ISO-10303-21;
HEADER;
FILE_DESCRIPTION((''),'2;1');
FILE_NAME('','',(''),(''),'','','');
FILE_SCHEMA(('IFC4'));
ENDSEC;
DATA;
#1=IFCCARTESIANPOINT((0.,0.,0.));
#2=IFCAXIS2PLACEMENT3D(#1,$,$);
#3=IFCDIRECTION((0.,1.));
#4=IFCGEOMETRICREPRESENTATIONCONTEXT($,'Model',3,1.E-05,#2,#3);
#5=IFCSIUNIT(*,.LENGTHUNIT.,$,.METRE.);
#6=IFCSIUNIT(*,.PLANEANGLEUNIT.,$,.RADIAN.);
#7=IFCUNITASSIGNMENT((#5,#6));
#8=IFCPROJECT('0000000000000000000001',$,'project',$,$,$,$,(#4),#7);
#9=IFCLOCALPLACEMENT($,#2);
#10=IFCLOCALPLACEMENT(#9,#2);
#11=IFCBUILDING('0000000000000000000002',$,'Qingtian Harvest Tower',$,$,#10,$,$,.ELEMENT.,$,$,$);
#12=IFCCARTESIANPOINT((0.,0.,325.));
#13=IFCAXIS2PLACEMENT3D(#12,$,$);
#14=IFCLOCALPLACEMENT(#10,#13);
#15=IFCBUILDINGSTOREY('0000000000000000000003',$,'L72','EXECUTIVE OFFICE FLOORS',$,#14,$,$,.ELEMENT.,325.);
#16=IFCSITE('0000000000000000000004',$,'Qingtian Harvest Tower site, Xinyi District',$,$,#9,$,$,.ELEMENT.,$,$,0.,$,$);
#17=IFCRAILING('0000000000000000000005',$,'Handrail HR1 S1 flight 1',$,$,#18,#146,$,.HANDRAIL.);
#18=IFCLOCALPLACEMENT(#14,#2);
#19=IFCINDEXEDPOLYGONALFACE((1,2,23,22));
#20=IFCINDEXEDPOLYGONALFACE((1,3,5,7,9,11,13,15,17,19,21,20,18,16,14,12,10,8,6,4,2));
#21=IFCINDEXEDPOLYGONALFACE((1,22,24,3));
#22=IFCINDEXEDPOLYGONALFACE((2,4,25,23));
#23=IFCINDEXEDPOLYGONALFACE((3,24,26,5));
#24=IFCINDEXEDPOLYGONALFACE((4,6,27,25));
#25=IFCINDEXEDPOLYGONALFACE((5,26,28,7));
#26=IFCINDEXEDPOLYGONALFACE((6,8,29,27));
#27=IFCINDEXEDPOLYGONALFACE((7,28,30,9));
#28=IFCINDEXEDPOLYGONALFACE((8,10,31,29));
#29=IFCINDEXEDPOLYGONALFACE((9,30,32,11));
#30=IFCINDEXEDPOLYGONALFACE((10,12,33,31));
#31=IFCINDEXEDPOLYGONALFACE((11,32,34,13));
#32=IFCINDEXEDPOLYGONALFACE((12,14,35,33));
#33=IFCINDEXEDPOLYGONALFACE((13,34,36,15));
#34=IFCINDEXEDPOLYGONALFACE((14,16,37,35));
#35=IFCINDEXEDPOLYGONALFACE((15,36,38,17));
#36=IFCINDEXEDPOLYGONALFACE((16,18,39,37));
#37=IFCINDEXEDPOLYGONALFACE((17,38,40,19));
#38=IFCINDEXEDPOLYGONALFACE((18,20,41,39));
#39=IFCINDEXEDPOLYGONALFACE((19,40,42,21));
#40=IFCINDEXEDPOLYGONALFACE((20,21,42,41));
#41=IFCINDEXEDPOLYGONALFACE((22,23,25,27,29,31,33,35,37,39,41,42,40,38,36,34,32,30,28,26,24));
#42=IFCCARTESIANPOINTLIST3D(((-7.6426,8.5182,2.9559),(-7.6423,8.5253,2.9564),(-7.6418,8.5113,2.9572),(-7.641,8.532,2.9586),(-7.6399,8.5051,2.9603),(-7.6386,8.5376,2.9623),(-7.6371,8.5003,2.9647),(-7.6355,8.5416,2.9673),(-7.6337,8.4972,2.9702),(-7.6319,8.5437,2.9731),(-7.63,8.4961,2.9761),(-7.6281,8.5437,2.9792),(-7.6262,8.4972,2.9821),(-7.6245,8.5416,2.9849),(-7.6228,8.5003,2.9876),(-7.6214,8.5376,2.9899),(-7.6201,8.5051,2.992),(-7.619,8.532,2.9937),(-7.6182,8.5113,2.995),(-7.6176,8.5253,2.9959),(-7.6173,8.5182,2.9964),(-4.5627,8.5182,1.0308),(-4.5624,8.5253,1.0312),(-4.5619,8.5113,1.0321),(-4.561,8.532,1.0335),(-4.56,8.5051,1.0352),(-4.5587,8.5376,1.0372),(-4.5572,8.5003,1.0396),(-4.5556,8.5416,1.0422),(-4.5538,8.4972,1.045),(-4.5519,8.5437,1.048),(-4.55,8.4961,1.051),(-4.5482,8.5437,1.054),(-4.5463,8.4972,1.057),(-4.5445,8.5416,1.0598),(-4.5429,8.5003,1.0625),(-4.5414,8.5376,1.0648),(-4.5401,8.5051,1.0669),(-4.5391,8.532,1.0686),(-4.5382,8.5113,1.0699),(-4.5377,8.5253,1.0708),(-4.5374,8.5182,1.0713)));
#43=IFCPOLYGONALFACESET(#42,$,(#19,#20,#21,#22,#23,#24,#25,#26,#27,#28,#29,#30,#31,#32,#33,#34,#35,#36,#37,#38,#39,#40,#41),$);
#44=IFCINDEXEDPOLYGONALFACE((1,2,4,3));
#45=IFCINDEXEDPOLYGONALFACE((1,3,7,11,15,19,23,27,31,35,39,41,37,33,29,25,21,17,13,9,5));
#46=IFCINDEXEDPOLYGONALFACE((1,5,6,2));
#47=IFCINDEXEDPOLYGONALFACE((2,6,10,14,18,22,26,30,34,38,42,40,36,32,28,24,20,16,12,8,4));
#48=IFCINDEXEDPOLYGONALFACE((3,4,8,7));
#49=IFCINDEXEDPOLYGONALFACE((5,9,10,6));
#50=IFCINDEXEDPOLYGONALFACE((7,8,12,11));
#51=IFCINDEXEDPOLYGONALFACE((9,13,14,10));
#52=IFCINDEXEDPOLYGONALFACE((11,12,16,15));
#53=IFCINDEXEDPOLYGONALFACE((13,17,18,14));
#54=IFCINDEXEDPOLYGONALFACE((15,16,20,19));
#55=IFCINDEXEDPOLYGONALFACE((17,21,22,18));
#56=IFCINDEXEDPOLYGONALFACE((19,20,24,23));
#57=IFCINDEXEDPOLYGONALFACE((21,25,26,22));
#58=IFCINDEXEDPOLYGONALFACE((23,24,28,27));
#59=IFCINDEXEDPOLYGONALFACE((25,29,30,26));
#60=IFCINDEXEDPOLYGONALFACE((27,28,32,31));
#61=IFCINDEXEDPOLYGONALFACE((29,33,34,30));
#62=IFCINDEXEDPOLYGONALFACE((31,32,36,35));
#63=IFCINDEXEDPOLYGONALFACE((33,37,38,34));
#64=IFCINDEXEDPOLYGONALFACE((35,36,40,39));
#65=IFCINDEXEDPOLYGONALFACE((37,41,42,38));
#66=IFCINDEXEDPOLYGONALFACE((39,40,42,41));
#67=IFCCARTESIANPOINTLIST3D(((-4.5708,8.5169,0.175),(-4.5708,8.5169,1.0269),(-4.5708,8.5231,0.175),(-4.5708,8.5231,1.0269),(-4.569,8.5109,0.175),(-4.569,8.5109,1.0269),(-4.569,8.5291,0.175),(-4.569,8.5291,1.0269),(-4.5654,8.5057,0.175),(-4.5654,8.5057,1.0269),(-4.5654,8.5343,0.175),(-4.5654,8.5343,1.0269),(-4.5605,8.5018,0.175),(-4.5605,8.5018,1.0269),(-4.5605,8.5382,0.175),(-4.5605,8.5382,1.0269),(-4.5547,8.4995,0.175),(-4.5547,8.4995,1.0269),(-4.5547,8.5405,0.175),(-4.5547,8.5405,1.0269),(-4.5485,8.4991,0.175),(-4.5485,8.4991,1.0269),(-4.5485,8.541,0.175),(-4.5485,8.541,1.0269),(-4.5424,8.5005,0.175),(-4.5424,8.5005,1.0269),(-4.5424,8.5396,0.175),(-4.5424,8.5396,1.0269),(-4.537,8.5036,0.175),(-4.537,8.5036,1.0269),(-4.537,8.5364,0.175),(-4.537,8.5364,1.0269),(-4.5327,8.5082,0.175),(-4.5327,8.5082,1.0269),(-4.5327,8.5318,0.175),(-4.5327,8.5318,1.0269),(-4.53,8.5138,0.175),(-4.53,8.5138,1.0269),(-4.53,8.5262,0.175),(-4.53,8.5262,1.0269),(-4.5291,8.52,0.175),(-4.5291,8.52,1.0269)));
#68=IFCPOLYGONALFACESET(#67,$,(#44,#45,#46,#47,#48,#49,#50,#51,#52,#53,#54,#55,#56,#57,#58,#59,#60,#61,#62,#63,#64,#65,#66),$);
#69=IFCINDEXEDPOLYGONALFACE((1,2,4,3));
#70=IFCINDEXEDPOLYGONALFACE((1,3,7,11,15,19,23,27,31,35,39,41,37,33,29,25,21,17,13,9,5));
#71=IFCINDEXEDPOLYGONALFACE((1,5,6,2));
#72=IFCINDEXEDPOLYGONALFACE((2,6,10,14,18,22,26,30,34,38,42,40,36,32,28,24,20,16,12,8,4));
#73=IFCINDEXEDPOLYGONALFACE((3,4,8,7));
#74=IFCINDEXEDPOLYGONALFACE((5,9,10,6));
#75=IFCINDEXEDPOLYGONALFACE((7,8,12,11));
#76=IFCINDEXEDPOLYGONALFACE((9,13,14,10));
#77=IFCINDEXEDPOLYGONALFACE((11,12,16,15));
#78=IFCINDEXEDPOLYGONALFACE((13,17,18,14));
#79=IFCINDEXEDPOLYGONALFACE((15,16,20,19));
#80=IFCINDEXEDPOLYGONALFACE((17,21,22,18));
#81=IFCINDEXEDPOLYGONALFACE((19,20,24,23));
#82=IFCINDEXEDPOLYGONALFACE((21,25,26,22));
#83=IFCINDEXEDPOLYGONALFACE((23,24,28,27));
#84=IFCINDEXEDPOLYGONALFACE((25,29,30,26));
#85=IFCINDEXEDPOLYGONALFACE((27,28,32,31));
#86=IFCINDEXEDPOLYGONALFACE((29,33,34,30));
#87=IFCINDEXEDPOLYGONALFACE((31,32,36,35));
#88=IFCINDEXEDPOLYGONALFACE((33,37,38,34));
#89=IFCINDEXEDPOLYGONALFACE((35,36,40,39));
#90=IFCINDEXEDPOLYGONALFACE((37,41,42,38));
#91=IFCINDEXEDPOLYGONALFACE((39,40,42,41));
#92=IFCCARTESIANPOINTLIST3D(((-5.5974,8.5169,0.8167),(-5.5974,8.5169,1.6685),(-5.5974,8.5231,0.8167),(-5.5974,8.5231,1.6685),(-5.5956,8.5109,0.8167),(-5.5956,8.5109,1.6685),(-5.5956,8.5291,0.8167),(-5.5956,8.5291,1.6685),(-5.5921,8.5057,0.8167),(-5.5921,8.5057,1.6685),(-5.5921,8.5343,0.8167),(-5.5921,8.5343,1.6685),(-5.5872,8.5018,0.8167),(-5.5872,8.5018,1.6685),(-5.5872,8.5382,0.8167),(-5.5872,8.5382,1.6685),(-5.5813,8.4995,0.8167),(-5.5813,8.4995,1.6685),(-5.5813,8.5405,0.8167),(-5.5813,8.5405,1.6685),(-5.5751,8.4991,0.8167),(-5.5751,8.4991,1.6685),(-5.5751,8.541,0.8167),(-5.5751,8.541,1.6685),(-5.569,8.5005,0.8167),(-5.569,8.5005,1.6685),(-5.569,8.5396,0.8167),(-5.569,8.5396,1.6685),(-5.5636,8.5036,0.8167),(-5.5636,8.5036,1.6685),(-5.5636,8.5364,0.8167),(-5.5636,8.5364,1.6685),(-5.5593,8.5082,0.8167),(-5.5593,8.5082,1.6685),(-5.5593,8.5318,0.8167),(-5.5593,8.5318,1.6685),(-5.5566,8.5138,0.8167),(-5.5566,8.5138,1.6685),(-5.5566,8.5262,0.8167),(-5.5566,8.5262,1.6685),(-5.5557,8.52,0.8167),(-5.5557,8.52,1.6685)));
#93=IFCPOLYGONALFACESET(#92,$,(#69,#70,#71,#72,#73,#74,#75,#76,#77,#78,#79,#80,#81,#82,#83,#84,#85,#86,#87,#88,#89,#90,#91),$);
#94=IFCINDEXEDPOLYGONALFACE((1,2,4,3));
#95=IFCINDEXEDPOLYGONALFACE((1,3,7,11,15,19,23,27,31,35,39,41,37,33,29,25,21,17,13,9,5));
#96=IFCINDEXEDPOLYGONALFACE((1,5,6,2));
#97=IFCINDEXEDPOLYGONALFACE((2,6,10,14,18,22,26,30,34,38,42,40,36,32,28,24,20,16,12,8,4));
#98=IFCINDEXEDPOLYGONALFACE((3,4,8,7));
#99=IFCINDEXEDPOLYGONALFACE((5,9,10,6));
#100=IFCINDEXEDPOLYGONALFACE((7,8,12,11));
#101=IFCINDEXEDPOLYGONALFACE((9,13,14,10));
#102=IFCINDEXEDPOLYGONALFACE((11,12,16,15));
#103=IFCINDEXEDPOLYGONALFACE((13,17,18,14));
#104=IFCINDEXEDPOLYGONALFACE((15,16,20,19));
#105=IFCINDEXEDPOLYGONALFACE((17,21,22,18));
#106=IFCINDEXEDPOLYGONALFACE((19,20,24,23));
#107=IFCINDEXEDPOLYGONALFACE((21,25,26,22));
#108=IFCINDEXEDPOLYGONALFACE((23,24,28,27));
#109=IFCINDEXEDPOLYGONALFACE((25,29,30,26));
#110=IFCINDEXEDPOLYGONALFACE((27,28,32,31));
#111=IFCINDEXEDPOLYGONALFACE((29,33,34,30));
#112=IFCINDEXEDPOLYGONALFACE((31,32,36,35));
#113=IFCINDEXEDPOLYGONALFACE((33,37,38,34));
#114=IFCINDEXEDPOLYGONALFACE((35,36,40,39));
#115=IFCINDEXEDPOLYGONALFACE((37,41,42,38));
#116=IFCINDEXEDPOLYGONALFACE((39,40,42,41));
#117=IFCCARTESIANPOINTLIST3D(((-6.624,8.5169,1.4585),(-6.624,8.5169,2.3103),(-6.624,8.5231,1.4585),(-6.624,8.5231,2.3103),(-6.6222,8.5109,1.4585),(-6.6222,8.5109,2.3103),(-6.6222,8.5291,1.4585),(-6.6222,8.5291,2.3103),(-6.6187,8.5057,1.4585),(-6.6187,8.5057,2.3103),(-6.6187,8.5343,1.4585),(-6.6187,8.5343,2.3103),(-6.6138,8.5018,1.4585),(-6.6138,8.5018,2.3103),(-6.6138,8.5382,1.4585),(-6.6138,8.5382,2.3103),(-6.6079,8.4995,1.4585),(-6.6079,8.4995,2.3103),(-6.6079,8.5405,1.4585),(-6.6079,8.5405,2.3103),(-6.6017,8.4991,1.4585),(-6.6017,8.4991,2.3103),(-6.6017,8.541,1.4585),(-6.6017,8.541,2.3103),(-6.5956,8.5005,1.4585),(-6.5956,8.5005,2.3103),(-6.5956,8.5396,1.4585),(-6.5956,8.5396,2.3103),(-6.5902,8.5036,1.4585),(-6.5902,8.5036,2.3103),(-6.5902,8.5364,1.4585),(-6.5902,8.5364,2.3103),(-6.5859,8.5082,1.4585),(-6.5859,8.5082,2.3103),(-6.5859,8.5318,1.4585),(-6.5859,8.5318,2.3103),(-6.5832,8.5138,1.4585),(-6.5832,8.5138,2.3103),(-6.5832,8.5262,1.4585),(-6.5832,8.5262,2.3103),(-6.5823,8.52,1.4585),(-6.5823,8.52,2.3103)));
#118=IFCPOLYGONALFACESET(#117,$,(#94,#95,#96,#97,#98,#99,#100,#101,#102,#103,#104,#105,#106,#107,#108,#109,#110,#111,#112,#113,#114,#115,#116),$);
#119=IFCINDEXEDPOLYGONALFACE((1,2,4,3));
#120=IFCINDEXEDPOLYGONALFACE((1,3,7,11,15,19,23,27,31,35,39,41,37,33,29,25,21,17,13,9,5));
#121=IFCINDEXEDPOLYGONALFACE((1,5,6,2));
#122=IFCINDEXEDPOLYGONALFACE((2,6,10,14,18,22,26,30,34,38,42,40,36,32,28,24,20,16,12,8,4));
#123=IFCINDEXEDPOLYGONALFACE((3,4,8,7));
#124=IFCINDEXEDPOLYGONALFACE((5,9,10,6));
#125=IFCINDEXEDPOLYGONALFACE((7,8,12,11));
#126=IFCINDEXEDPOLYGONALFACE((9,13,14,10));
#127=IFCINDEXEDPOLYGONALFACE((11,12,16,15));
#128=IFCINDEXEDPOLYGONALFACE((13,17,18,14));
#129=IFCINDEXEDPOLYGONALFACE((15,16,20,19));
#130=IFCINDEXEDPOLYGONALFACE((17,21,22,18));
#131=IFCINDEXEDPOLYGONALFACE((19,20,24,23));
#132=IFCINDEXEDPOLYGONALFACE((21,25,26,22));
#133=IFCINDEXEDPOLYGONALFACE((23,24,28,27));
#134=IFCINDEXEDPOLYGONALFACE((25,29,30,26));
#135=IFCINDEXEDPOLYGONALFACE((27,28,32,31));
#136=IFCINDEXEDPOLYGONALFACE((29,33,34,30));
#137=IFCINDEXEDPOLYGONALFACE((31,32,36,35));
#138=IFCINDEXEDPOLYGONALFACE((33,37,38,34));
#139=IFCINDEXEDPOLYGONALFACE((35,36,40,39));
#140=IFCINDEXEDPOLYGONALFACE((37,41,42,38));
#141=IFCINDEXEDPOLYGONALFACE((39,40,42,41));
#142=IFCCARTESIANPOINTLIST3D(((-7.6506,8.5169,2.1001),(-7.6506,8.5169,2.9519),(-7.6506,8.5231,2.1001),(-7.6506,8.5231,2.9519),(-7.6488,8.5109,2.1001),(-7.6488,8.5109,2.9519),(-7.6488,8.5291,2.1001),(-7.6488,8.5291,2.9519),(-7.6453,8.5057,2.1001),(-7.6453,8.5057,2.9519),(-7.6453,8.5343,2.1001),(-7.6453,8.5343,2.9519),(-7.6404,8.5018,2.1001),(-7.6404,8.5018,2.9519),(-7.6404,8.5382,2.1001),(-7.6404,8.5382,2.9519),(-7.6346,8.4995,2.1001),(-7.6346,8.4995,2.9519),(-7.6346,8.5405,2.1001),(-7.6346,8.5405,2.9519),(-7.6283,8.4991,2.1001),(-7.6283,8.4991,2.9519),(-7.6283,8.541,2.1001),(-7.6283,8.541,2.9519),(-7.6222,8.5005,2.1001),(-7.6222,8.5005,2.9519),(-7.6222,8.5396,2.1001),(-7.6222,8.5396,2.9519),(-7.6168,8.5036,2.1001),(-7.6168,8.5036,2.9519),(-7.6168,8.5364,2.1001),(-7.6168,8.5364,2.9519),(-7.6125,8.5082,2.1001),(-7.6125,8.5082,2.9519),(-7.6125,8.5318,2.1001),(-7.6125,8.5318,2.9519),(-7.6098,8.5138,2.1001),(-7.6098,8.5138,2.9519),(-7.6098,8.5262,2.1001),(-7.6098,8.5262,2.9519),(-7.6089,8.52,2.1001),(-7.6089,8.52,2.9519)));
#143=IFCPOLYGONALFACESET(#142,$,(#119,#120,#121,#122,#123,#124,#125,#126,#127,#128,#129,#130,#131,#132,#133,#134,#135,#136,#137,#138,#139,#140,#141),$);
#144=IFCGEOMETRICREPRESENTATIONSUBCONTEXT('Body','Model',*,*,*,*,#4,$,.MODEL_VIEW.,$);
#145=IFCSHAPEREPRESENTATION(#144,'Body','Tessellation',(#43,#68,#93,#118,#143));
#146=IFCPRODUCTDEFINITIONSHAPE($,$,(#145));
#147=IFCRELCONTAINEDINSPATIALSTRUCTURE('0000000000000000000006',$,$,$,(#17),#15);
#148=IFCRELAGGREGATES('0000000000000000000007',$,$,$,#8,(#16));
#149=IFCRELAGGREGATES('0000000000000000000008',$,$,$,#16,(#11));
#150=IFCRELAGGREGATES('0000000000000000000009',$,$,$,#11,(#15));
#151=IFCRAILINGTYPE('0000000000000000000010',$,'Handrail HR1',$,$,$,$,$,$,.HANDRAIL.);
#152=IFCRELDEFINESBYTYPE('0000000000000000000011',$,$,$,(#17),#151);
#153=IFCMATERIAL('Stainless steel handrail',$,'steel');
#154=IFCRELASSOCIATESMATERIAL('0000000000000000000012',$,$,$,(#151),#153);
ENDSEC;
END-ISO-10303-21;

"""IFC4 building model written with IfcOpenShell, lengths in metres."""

from ifc_helpers import new_model, si_unit, direction, frame, origin, origin_2d, place, context, subcontext, project, spatial, circle, extrude, material, type_object, element, save


model = new_model("IFC4")

# Units and contexts
model_context = context("Model", 3, precision=1e-05, world=origin(), true_north=direction((0.0, 1.0)))
body_context = subcontext(model_context, "Body", "Model", "MODEL_VIEW")
ifc_project = project(units=[si_unit("LENGTHUNIT", "METRE"), si_unit("PLANEANGLEUNIT", "RADIAN")], contexts=[model_context])

# Site, building, storey
site_placement = place(None, origin())
site = spatial("IfcSite", under=ifc_project, at=site_placement, Name="Qingtian Harvest Tower site, Xinyi District", CompositionType="ELEMENT", RefElevation=0.0)
building_placement = place(site_placement, origin())
building = spatial("IfcBuilding", under=site, at=building_placement, Name="Qingtian Harvest Tower", CompositionType="ELEMENT")
storey_placement = place(building_placement, frame((0.0, 0.0, 325.0)))
storey = spatial("IfcBuildingStorey", under=building, at=storey_placement, Name="L72", Description="EXECUTIVE OFFICE FLOORS", CompositionType="ELEMENT", Elevation=325.0)

# Railing
ifc_material_1 = material(Name="Stainless steel handrail", Category="steel")
railing_type = type_object("IfcRailingType", Name="Handrail HR1", PredefinedType="HANDRAIL", material=ifc_material_1)
railing_1_placement = place(storey_placement, frame((-4.55, 8.52, 0.175)))
element("IfcRailing", 1, at=railing_1_placement, inside=storey, type_object=railing_type, Name="Handrail HR1 S1 flight 1", PredefinedType="HANDRAIL", context=body_context, shape_type="SweptSolid", body=[
    extrude(circle(Radius=0.0239, at=origin_2d()), frame((0.0, 0.0, 0.876), z_axis=(-0.847979, 0.0, 0.530029), x_axis=(0.0, -1.0, 0.0)), (0.0, 0.0, 1.0), 3.6321),
    extrude(circle(Radius=0.021, at=origin_2d()), origin(), (0.0, 0.0, 1.0), 0.8518),
    extrude(circle(Radius=0.021, at=origin_2d()), frame((-1.0266, 0.0, 0.6416)), (0.0, 0.0, 1.0), 0.8518),
    extrude(circle(Radius=0.021, at=origin_2d()), frame((-2.0532, 0.0, 1.2834)), (0.0, 0.0, 1.0), 0.8518),
    extrude(circle(Radius=0.021, at=origin_2d()), frame((-3.0798, 0.0, 1.925)), (0.0, 0.0, 1.0), 0.8518),
])

save(model, "model.ifc")
